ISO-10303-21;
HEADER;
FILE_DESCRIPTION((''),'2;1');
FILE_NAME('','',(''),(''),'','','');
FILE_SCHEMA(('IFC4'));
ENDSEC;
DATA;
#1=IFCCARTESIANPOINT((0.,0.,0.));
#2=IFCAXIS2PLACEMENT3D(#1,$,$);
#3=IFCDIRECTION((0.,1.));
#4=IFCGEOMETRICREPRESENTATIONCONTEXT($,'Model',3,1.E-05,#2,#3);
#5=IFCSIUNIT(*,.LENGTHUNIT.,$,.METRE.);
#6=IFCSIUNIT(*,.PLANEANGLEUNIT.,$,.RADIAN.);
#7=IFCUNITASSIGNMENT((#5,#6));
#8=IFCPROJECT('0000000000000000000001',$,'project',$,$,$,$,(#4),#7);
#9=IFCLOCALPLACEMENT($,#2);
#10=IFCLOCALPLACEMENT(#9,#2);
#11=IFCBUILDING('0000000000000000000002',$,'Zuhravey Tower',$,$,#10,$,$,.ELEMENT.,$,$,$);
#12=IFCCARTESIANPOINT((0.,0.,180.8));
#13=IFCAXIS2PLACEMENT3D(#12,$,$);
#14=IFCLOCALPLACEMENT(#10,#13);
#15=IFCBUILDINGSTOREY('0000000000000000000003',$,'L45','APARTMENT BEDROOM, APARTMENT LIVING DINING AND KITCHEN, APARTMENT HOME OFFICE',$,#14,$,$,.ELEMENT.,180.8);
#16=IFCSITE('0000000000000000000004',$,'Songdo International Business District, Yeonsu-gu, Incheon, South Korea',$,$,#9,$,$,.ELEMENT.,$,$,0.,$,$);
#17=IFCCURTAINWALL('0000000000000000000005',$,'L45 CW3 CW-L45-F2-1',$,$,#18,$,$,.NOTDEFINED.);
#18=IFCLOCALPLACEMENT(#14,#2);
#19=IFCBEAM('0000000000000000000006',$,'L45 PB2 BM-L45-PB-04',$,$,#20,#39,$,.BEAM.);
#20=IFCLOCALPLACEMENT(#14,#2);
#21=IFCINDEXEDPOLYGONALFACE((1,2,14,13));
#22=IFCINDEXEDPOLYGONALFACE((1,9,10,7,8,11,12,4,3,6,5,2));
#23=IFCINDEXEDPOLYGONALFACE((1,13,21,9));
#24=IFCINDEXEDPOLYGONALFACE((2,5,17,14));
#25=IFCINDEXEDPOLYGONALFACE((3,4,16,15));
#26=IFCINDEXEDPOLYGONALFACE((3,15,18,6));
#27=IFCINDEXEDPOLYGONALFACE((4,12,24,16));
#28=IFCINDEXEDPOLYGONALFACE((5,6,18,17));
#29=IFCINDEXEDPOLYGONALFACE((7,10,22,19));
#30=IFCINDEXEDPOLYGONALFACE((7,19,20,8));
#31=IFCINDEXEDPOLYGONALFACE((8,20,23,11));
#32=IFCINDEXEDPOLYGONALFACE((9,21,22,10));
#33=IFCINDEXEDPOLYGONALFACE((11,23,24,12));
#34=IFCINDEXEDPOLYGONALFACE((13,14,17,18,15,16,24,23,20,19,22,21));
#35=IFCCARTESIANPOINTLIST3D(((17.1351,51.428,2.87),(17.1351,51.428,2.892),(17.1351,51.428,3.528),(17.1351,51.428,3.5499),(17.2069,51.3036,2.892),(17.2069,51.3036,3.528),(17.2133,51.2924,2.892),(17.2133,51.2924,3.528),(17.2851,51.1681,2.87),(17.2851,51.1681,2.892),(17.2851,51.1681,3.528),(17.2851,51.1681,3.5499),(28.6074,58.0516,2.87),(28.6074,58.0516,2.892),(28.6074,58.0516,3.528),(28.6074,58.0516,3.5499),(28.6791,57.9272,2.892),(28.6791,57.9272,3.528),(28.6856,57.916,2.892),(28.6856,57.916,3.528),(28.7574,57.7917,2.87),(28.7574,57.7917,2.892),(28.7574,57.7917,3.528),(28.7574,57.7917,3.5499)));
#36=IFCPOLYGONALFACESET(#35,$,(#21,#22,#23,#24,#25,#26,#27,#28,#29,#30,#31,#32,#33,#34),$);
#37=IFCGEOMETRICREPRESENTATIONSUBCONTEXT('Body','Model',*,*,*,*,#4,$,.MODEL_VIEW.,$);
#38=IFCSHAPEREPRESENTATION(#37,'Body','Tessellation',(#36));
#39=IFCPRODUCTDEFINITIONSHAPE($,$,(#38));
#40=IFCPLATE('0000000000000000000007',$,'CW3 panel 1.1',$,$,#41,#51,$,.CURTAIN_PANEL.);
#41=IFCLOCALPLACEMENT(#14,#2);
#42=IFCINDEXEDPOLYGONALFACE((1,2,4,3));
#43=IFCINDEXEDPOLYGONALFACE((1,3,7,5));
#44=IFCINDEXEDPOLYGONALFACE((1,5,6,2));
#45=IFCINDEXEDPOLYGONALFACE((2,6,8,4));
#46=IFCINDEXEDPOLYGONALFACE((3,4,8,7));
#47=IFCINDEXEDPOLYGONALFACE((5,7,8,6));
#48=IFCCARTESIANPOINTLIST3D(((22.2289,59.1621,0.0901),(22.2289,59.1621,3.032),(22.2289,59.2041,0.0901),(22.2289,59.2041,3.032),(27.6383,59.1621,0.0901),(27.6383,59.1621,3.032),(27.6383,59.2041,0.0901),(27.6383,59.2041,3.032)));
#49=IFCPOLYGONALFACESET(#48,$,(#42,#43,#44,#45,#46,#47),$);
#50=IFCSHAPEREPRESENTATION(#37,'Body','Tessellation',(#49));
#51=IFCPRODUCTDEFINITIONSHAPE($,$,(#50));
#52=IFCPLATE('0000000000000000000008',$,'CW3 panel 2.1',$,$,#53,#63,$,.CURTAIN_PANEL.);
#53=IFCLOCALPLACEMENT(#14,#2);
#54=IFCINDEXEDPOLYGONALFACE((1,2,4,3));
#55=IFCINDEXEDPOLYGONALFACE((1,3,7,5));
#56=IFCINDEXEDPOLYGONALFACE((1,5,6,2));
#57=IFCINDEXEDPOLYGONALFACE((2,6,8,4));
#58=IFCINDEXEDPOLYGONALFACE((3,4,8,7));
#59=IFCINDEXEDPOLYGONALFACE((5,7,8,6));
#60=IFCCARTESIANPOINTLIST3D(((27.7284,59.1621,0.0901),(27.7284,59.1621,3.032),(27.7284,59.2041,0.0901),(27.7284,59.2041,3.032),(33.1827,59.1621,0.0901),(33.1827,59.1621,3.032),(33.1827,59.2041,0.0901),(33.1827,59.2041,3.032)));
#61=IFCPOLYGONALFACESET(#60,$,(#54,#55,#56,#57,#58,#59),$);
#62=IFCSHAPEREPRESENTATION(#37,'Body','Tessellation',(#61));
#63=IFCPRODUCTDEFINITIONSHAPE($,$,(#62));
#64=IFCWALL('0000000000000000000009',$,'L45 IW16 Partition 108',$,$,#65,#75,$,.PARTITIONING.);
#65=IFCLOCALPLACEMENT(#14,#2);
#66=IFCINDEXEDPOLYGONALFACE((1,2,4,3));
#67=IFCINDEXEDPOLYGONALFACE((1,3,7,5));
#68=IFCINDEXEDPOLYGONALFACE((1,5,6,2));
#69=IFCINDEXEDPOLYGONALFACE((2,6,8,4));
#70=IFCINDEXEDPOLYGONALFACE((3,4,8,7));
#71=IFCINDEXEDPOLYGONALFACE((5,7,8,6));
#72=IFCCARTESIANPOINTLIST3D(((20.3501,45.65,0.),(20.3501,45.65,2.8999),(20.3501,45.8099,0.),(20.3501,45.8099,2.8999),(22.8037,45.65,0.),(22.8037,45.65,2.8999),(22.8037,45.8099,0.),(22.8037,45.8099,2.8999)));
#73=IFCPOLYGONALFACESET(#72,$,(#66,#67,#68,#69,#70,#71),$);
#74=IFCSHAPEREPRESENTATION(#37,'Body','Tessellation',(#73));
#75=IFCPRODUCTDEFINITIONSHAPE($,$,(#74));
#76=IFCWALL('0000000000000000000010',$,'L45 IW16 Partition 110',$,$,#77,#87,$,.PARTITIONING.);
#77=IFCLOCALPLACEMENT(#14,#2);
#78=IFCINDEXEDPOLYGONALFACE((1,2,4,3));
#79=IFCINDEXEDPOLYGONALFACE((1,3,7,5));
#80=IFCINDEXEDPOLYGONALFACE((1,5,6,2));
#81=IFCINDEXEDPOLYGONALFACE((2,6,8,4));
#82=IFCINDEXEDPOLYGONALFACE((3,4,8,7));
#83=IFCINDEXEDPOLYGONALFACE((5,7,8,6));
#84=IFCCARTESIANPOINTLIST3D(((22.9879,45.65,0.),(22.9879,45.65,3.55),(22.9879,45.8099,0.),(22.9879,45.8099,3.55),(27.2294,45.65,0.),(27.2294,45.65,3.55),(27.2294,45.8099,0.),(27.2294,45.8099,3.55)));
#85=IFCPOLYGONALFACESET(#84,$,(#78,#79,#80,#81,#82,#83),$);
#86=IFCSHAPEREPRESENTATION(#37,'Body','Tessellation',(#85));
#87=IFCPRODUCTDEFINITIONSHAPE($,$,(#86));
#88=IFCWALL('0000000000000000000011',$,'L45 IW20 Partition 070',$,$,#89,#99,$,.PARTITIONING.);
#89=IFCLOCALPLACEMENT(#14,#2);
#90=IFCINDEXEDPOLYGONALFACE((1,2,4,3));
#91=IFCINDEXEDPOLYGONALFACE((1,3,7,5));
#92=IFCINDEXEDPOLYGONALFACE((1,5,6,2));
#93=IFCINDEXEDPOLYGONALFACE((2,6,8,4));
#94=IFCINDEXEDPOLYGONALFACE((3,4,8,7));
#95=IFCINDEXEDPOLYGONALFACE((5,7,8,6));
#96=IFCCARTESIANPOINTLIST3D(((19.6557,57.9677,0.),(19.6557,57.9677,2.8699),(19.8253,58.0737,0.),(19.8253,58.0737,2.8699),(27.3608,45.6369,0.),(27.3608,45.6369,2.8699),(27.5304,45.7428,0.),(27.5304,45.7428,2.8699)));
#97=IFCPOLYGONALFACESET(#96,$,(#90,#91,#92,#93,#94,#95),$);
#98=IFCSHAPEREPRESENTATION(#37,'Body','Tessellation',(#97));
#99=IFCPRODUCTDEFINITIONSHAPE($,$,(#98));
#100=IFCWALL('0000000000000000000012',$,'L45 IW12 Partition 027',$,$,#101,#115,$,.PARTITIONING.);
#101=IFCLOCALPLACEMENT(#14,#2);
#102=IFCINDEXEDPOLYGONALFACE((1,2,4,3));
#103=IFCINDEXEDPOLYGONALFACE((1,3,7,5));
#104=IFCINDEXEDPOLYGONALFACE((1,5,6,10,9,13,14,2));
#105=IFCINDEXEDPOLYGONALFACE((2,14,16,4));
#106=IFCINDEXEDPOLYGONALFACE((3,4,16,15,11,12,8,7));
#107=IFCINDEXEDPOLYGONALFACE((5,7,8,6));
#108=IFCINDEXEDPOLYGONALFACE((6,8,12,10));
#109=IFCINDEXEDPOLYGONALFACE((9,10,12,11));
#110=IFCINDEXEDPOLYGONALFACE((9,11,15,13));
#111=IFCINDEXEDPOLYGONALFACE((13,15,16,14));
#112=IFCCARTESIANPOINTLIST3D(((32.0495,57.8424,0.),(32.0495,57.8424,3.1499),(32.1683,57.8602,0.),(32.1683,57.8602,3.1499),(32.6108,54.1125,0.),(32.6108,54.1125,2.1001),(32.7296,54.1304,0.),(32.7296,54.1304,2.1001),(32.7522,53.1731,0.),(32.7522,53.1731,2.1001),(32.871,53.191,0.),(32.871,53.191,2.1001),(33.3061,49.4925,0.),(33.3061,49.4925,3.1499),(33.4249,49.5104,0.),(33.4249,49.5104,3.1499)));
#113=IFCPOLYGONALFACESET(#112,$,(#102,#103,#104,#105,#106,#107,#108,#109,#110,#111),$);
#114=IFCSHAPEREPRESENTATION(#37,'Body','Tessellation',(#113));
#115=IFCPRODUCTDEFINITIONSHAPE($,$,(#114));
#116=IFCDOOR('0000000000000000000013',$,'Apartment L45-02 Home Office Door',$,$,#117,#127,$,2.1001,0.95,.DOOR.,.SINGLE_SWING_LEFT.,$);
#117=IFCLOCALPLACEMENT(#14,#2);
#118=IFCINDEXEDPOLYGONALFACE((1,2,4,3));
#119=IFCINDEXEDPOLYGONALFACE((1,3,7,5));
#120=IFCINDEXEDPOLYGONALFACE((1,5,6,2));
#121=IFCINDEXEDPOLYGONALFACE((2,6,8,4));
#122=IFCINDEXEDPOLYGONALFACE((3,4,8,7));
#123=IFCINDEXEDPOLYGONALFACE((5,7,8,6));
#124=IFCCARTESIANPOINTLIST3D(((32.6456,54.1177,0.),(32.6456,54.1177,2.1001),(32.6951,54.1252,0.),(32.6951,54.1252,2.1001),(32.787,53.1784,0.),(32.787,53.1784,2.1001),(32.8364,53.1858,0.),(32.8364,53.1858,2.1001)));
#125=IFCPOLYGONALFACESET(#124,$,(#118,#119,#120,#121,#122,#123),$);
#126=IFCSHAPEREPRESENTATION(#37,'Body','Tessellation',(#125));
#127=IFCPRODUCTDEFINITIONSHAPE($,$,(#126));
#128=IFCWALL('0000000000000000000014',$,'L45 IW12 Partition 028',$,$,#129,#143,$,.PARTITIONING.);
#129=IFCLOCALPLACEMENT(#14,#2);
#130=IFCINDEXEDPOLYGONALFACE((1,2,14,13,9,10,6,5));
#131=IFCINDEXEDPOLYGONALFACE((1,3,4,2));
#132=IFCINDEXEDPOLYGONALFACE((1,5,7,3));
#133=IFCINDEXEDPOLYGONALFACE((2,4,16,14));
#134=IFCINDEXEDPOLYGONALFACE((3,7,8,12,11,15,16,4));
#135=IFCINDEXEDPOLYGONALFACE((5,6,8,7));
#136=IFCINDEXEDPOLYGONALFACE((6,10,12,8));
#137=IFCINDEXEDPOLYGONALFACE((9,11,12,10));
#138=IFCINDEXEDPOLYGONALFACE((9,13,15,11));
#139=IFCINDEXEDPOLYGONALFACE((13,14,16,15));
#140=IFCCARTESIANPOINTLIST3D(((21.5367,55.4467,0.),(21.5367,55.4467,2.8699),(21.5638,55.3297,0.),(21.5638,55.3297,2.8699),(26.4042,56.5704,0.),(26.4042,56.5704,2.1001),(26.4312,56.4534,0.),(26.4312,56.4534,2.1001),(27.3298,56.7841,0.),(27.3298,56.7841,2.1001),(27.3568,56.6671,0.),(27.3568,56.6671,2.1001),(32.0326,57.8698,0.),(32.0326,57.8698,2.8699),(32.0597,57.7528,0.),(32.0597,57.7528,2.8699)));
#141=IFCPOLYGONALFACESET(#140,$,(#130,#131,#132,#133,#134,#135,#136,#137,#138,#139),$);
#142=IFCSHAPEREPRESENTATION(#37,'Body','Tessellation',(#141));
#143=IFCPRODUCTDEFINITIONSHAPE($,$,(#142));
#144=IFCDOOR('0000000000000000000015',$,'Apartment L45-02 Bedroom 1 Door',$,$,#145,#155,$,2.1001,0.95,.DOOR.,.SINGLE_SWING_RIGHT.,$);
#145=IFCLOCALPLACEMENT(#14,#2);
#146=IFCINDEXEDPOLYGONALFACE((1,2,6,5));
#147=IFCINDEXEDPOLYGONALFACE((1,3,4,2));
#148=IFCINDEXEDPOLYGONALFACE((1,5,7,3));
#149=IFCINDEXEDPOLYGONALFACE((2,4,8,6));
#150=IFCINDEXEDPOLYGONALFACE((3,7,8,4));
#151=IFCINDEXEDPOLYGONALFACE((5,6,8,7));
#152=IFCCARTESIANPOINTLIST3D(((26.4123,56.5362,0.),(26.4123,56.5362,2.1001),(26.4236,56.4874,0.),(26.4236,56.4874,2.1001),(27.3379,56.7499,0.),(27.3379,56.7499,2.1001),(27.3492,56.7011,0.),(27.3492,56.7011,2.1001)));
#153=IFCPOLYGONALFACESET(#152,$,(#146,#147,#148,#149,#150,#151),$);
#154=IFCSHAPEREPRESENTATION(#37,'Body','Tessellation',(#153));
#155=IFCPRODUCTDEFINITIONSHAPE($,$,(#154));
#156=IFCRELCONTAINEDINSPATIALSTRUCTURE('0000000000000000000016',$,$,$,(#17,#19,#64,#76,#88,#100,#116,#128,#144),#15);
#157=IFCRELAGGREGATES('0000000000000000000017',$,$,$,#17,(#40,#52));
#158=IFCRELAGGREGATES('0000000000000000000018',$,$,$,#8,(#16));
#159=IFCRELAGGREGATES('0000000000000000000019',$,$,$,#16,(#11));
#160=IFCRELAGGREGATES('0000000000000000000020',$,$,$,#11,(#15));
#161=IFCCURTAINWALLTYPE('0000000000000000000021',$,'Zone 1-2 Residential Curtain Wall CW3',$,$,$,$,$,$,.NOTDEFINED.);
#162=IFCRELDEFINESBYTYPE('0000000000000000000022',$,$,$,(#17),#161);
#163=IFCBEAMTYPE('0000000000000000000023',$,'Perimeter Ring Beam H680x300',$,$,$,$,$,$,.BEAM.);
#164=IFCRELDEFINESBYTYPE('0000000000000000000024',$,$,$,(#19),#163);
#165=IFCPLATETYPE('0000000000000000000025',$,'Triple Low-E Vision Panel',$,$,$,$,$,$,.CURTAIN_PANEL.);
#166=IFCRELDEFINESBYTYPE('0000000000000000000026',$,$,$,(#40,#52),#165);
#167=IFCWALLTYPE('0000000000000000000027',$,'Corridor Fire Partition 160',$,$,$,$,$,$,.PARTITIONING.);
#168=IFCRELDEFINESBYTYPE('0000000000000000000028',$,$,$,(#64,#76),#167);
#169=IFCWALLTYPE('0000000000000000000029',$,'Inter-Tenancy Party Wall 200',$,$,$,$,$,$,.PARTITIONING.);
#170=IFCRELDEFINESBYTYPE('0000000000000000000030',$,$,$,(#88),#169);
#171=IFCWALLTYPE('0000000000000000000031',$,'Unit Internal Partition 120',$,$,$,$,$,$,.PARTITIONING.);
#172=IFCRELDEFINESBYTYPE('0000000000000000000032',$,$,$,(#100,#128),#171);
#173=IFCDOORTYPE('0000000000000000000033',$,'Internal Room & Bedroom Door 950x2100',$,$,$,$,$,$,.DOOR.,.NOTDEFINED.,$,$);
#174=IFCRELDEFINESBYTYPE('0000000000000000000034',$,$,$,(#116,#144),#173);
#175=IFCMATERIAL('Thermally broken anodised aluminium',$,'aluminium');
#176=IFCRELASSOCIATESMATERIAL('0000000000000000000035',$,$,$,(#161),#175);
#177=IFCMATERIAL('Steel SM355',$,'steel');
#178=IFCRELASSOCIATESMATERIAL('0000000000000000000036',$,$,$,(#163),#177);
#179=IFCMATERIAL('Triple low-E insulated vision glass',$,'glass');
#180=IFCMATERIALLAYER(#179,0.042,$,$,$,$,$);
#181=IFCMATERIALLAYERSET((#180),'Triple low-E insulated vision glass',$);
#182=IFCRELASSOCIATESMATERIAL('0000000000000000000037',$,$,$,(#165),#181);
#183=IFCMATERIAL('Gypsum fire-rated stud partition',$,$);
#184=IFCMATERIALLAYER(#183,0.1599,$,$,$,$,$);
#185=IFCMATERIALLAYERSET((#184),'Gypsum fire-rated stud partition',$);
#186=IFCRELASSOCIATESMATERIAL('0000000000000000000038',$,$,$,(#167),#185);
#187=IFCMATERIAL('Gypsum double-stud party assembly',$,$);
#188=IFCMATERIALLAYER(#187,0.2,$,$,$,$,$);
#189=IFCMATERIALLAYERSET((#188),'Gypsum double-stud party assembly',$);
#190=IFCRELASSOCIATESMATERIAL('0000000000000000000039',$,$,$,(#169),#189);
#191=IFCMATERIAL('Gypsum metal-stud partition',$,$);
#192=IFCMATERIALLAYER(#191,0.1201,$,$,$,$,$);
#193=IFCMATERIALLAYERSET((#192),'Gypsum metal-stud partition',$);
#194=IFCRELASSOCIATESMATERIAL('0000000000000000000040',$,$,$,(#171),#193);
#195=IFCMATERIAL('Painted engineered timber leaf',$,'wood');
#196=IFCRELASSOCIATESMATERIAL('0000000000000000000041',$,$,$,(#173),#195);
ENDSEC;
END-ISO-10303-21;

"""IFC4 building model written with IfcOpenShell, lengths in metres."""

from ifc_helpers import new_model, si_unit, direction, frame, frame_2d, origin, origin_2d, place, context, subcontext, project, spatial, rectangle, i_section, extrude, material, layer, layer_set, material_profile, profile_set, type_object, element, fill, aggregate, save


model = new_model("IFC4")

# Units and contexts
model_context = context("Model", 3, precision=1e-05, world=origin(), true_north=direction((0.0, 1.0)))
body_context = subcontext(model_context, "Body", "Model", "MODEL_VIEW")
ifc_project = project(units=[si_unit("LENGTHUNIT", "METRE"), si_unit("PLANEANGLEUNIT", "RADIAN")], contexts=[model_context])

# Site, building, storey
site_placement = place(None, origin())
site = spatial("IfcSite", under=ifc_project, at=site_placement, Name="Songdo International Business District, Yeonsu-gu, Incheon, South Korea", CompositionType="ELEMENT", RefElevation=0.0)
building_placement = place(site_placement, origin())
building = spatial("IfcBuilding", under=site, at=building_placement, Name="Zuhravey Tower", CompositionType="ELEMENT")
storey_placement = place(building_placement, frame((0.0, 0.0, 180.8)))
storey = spatial("IfcBuildingStorey", under=building, at=storey_placement, Name="L45", Description="APARTMENT BEDROOM, APARTMENT LIVING DINING AND KITCHEN, APARTMENT HOME OFFICE", CompositionType="ELEMENT", Elevation=180.8)

# Curtain wall
ifc_material_1 = material(Name="Thermally broken anodised aluminium", Category="aluminium")
curtain_wall_type = type_object("IfcCurtainWallType", Name="Zone 1-2 Residential Curtain Wall CW3", PredefinedType="NOTDEFINED", material=ifc_material_1)
curtain_wall_placement = place(storey_placement, origin())
curtain_wall = element("IfcCurtainWall", 1, at=curtain_wall_placement, inside=storey, type_object=curtain_wall_type, Name="L45 CW3 CW-L45-F2-1", PredefinedType="NOTDEFINED")

# Beam
ifc_material_2 = material(Name="Steel SM355", Category="steel")
ifc_material_profile_1 = material_profile(ifc_material_2, i_section(OverallWidth=0.3, OverallDepth=0.6799, WebThickness=0.0129, FlangeThickness=0.022, at=origin_2d()), Name="H-680x300x13x22")
ifc_profile_set_1 = profile_set([ifc_material_profile_1], Name="Steel SM355")
beam_type_1 = type_object("IfcBeamType", Name="Perimeter Ring Beam H680x300", PredefinedType="BEAM", material=ifc_profile_set_1)
beam_1_placement = place(storey_placement, frame((28.6824, 57.9216, 3.21), z_axis=(-0.866023, -0.500004, 0.0), x_axis=(0.500004, -0.866023, 0.0)))
element("IfcBeam", 2, at=beam_1_placement, inside=storey, type_object=beam_type_1, Name="L45 PB2 BM-L45-PB-04", PredefinedType="BEAM", context=body_context, shape_type="SweptSolid", body=[
    extrude(i_section(OverallWidth=0.3, OverallDepth=0.6799, WebThickness=0.0129, FlangeThickness=0.022, at=origin_2d()), origin(), (0.0, 0.0, 1.0), 13.2471),
])

# Plates
ifc_material_3 = material(Name="Triple low-E insulated vision glass", Category="glass")
ifc_layer_1 = layer(ifc_material_3, 0.042)
ifc_layer_set_1 = layer_set([ifc_layer_1], Name="Triple low-E insulated vision glass")
plate_type = type_object("IfcPlateType", Name="Triple Low-E Vision Panel", PredefinedType="CURTAIN_PANEL", material=ifc_layer_set_1)
plate_1_placement = place(storey_placement, frame((24.9336, 59.1831, 0.0901), z_axis=(0.0, 0.0, 1.0), x_axis=(1.0, 0.0, 0.0)))
plate_1 = element("IfcPlate", 3, at=plate_1_placement, type_object=plate_type, Name="CW3 panel 1.1", PredefinedType="CURTAIN_PANEL", context=body_context, shape_type="SweptSolid", body=[
    extrude(rectangle(XDim=5.4094, YDim=0.042, at=origin_2d()), origin(), (0.0, 0.0, 1.0), 2.9419),
])
plate_2_placement = place(storey_placement, frame((30.4556, 59.1831, 0.0901), z_axis=(0.0, 0.0, 1.0), x_axis=(1.0, 0.0, 0.0)))
plate_2 = element("IfcPlate", 4, at=plate_2_placement, type_object=plate_type, Name="CW3 panel 2.1", PredefinedType="CURTAIN_PANEL", context=body_context, shape_type="SweptSolid", body=[
    extrude(rectangle(XDim=5.4543, YDim=0.042, at=origin_2d()), origin(), (0.0, 0.0, 1.0), 2.9419),
])
aggregate(curtain_wall, [plate_1, plate_2])

# Walls
ifc_material_4 = material(Name="Gypsum fire-rated stud partition")
ifc_layer_2 = layer(ifc_material_4, 0.1599)
ifc_layer_set_2 = layer_set([ifc_layer_2], Name="Gypsum fire-rated stud partition")
wall_type_1 = type_object("IfcWallType", Name="Corridor Fire Partition 160", PredefinedType="PARTITIONING", material=ifc_layer_set_2)
wall_1_placement = place(storey_placement, frame((22.8037, 45.73, 0.0), z_axis=(0.0, 0.0, 1.0), x_axis=(-1.0, 0.0, 0.0)))
element("IfcWall", 5, at=wall_1_placement, inside=storey, type_object=wall_type_1, Name="L45 IW16 Partition 108", PredefinedType="PARTITIONING", context=body_context, shape_type="SweptSolid", body=[
    extrude(rectangle(XDim=2.4536, YDim=0.1599, at=frame_2d((1.2268, 0.0))), origin(), (0.0, 0.0, 1.0), 2.8999),
])
wall_2_placement = place(storey_placement, frame((27.2292, 45.73, 0.0), z_axis=(0.0, 0.0, 1.0), x_axis=(-1.0, 0.0, 0.0)))
element("IfcWall", 6, at=wall_2_placement, inside=storey, type_object=wall_type_1, Name="L45 IW16 Partition 110", PredefinedType="PARTITIONING", context=body_context, shape_type="SweptSolid", body=[
    extrude(rectangle(XDim=4.2415, YDim=0.1599, at=frame_2d((2.1206, 0.0))), origin(), (0.0, 0.0, 1.0), 3.55),
])
ifc_material_5 = material(Name="Gypsum double-stud party assembly")
ifc_layer_3 = layer(ifc_material_5, 0.2)
ifc_layer_set_3 = layer_set([ifc_layer_3], Name="Gypsum double-stud party assembly")
wall_type_2 = type_object("IfcWallType", Name="Inter-Tenancy Party Wall 200", PredefinedType="PARTITIONING", material=ifc_layer_set_3)
wall_3_placement = place(storey_placement, frame((27.4456, 45.6899, 0.0), z_axis=(0.0, 0.0, 1.0), x_axis=(-0.529916, 0.84805, 0.0)))
element("IfcWall", 7, at=wall_3_placement, inside=storey, type_object=wall_type_2, Name="L45 IW20 Partition 070", PredefinedType="PARTITIONING", context=body_context, shape_type="SweptSolid", body=[
    extrude(rectangle(XDim=14.5403, YDim=0.2, at=frame_2d((7.27, 0.0))), origin(), (0.0, 0.0, 1.0), 2.8699),
])

# Walls, openings, doors
ifc_material_6 = material(Name="Gypsum metal-stud partition")
ifc_layer_4 = layer(ifc_material_6, 0.1201)
ifc_layer_set_4 = layer_set([ifc_layer_4], Name="Gypsum metal-stud partition")
wall_type_3 = type_object("IfcWallType", Name="Unit Internal Partition 120", PredefinedType="PARTITIONING", material=ifc_layer_set_4)
wall_4_placement = place(storey_placement, frame((33.3655, 49.5015, 0.0), z_axis=(0.0, 0.0, 1.0), x_axis=(-0.148817, 0.988865, 0.0)))
wall_4 = element("IfcWall", 8, at=wall_4_placement, inside=storey, type_object=wall_type_3, Name="L45 IW12 Partition 027", PredefinedType="PARTITIONING", context=body_context, shape_type="SweptSolid", body=[
    extrude(rectangle(XDim=8.4438, YDim=0.1201, at=frame_2d((4.2219, 0.0))), origin(), (0.0, 0.0, 1.0), 3.1499),
])
opening_1_placement = place(wall_4_placement, frame((3.7219, 0.0, 0.0)))
opening_1 = element("IfcOpeningElement", 9, at=opening_1_placement, cuts=wall_4, PredefinedType="OPENING", context=body_context, shape_type="SweptSolid", body=[
    extrude(rectangle(XDim=0.95, YDim=2.1001, at=frame_2d((0.4751, 1.05))), frame((0.0, 0.072, 0.0), z_axis=(0.0, -1.0, 0.0), x_axis=(1.0, 0.0, 0.0)), (0.0, 0.0, 1.0), 0.144),
])
ifc_material_7 = material(Name="Painted engineered timber leaf", Category="wood")
door_type_1 = type_object("IfcDoorType", Name="Internal Room & Bedroom Door 950x2100", OperationType="NOTDEFINED", PredefinedType="DOOR", material=ifc_material_7)
door_1_placement = place(opening_1_placement, origin())
door_1 = element("IfcDoor", 10, at=door_1_placement, inside=storey, type_object=door_type_1, Name="Apartment L45-02 Home Office Door", OperationType="SINGLE_SWING_LEFT", OverallHeight=2.1001, OverallWidth=0.95, PredefinedType="DOOR", context=body_context, shape_type="SweptSolid", body=[
    extrude(rectangle(XDim=0.95, YDim=2.1001, at=frame_2d((0.4751, 1.05))), frame((0.0, 0.0249, 0.0), z_axis=(0.0, -1.0, 0.0), x_axis=(1.0, 0.0, 0.0)), (0.0, 0.0, 1.0), 0.05),
])
fill(opening_1, door_1)
wall_5_placement = place(storey_placement, frame((32.0461, 57.8113, 0.0), z_axis=(0.0, 0.0, 1.0), x_axis=(-0.974371, -0.224946, 0.0)))
wall_5 = element("IfcWall", 11, at=wall_5_placement, inside=storey, type_object=wall_type_3, Name="L45 IW12 Partition 028", PredefinedType="PARTITIONING", context=body_context, shape_type="SweptSolid", body=[
    extrude(rectangle(XDim=10.772, YDim=0.1201, at=frame_2d((5.386, 0.0))), origin(), (0.0, 0.0, 1.0), 2.8699),
])
opening_2_placement = place(wall_5_placement, frame((4.8264, 0.0, 0.0)))
opening_2 = element("IfcOpeningElement", 12, at=opening_2_placement, cuts=wall_5, PredefinedType="OPENING", context=body_context, shape_type="SweptSolid", body=[
    extrude(rectangle(XDim=0.95, YDim=2.1001, at=frame_2d((0.4751, 1.05))), frame((0.0, 0.072, 0.0), z_axis=(0.0, -1.0, 0.0), x_axis=(1.0, 0.0, 0.0)), (0.0, 0.0, 1.0), 0.144),
])
door_2_placement = place(opening_2_placement, frame((0.95, 0.0, 0.0), z_axis=(0.0, 0.0, 1.0), x_axis=(-1.0, 0.0, 0.0)))
door_2 = element("IfcDoor", 13, at=door_2_placement, inside=storey, type_object=door_type_1, Name="Apartment L45-02 Bedroom 1 Door", OperationType="SINGLE_SWING_RIGHT", OverallHeight=2.1001, OverallWidth=0.95, PredefinedType="DOOR", context=body_context, shape_type="SweptSolid", body=[
    extrude(rectangle(XDim=0.95, YDim=2.1001, at=frame_2d((0.4751, 1.05))), frame((0.0, 0.0249, 0.0), z_axis=(0.0, -1.0, 0.0), x_axis=(1.0, 0.0, 0.0)), (0.0, 0.0, 1.0), 0.05),
])
fill(opening_2, door_2)

save(model, "model.ifc")
